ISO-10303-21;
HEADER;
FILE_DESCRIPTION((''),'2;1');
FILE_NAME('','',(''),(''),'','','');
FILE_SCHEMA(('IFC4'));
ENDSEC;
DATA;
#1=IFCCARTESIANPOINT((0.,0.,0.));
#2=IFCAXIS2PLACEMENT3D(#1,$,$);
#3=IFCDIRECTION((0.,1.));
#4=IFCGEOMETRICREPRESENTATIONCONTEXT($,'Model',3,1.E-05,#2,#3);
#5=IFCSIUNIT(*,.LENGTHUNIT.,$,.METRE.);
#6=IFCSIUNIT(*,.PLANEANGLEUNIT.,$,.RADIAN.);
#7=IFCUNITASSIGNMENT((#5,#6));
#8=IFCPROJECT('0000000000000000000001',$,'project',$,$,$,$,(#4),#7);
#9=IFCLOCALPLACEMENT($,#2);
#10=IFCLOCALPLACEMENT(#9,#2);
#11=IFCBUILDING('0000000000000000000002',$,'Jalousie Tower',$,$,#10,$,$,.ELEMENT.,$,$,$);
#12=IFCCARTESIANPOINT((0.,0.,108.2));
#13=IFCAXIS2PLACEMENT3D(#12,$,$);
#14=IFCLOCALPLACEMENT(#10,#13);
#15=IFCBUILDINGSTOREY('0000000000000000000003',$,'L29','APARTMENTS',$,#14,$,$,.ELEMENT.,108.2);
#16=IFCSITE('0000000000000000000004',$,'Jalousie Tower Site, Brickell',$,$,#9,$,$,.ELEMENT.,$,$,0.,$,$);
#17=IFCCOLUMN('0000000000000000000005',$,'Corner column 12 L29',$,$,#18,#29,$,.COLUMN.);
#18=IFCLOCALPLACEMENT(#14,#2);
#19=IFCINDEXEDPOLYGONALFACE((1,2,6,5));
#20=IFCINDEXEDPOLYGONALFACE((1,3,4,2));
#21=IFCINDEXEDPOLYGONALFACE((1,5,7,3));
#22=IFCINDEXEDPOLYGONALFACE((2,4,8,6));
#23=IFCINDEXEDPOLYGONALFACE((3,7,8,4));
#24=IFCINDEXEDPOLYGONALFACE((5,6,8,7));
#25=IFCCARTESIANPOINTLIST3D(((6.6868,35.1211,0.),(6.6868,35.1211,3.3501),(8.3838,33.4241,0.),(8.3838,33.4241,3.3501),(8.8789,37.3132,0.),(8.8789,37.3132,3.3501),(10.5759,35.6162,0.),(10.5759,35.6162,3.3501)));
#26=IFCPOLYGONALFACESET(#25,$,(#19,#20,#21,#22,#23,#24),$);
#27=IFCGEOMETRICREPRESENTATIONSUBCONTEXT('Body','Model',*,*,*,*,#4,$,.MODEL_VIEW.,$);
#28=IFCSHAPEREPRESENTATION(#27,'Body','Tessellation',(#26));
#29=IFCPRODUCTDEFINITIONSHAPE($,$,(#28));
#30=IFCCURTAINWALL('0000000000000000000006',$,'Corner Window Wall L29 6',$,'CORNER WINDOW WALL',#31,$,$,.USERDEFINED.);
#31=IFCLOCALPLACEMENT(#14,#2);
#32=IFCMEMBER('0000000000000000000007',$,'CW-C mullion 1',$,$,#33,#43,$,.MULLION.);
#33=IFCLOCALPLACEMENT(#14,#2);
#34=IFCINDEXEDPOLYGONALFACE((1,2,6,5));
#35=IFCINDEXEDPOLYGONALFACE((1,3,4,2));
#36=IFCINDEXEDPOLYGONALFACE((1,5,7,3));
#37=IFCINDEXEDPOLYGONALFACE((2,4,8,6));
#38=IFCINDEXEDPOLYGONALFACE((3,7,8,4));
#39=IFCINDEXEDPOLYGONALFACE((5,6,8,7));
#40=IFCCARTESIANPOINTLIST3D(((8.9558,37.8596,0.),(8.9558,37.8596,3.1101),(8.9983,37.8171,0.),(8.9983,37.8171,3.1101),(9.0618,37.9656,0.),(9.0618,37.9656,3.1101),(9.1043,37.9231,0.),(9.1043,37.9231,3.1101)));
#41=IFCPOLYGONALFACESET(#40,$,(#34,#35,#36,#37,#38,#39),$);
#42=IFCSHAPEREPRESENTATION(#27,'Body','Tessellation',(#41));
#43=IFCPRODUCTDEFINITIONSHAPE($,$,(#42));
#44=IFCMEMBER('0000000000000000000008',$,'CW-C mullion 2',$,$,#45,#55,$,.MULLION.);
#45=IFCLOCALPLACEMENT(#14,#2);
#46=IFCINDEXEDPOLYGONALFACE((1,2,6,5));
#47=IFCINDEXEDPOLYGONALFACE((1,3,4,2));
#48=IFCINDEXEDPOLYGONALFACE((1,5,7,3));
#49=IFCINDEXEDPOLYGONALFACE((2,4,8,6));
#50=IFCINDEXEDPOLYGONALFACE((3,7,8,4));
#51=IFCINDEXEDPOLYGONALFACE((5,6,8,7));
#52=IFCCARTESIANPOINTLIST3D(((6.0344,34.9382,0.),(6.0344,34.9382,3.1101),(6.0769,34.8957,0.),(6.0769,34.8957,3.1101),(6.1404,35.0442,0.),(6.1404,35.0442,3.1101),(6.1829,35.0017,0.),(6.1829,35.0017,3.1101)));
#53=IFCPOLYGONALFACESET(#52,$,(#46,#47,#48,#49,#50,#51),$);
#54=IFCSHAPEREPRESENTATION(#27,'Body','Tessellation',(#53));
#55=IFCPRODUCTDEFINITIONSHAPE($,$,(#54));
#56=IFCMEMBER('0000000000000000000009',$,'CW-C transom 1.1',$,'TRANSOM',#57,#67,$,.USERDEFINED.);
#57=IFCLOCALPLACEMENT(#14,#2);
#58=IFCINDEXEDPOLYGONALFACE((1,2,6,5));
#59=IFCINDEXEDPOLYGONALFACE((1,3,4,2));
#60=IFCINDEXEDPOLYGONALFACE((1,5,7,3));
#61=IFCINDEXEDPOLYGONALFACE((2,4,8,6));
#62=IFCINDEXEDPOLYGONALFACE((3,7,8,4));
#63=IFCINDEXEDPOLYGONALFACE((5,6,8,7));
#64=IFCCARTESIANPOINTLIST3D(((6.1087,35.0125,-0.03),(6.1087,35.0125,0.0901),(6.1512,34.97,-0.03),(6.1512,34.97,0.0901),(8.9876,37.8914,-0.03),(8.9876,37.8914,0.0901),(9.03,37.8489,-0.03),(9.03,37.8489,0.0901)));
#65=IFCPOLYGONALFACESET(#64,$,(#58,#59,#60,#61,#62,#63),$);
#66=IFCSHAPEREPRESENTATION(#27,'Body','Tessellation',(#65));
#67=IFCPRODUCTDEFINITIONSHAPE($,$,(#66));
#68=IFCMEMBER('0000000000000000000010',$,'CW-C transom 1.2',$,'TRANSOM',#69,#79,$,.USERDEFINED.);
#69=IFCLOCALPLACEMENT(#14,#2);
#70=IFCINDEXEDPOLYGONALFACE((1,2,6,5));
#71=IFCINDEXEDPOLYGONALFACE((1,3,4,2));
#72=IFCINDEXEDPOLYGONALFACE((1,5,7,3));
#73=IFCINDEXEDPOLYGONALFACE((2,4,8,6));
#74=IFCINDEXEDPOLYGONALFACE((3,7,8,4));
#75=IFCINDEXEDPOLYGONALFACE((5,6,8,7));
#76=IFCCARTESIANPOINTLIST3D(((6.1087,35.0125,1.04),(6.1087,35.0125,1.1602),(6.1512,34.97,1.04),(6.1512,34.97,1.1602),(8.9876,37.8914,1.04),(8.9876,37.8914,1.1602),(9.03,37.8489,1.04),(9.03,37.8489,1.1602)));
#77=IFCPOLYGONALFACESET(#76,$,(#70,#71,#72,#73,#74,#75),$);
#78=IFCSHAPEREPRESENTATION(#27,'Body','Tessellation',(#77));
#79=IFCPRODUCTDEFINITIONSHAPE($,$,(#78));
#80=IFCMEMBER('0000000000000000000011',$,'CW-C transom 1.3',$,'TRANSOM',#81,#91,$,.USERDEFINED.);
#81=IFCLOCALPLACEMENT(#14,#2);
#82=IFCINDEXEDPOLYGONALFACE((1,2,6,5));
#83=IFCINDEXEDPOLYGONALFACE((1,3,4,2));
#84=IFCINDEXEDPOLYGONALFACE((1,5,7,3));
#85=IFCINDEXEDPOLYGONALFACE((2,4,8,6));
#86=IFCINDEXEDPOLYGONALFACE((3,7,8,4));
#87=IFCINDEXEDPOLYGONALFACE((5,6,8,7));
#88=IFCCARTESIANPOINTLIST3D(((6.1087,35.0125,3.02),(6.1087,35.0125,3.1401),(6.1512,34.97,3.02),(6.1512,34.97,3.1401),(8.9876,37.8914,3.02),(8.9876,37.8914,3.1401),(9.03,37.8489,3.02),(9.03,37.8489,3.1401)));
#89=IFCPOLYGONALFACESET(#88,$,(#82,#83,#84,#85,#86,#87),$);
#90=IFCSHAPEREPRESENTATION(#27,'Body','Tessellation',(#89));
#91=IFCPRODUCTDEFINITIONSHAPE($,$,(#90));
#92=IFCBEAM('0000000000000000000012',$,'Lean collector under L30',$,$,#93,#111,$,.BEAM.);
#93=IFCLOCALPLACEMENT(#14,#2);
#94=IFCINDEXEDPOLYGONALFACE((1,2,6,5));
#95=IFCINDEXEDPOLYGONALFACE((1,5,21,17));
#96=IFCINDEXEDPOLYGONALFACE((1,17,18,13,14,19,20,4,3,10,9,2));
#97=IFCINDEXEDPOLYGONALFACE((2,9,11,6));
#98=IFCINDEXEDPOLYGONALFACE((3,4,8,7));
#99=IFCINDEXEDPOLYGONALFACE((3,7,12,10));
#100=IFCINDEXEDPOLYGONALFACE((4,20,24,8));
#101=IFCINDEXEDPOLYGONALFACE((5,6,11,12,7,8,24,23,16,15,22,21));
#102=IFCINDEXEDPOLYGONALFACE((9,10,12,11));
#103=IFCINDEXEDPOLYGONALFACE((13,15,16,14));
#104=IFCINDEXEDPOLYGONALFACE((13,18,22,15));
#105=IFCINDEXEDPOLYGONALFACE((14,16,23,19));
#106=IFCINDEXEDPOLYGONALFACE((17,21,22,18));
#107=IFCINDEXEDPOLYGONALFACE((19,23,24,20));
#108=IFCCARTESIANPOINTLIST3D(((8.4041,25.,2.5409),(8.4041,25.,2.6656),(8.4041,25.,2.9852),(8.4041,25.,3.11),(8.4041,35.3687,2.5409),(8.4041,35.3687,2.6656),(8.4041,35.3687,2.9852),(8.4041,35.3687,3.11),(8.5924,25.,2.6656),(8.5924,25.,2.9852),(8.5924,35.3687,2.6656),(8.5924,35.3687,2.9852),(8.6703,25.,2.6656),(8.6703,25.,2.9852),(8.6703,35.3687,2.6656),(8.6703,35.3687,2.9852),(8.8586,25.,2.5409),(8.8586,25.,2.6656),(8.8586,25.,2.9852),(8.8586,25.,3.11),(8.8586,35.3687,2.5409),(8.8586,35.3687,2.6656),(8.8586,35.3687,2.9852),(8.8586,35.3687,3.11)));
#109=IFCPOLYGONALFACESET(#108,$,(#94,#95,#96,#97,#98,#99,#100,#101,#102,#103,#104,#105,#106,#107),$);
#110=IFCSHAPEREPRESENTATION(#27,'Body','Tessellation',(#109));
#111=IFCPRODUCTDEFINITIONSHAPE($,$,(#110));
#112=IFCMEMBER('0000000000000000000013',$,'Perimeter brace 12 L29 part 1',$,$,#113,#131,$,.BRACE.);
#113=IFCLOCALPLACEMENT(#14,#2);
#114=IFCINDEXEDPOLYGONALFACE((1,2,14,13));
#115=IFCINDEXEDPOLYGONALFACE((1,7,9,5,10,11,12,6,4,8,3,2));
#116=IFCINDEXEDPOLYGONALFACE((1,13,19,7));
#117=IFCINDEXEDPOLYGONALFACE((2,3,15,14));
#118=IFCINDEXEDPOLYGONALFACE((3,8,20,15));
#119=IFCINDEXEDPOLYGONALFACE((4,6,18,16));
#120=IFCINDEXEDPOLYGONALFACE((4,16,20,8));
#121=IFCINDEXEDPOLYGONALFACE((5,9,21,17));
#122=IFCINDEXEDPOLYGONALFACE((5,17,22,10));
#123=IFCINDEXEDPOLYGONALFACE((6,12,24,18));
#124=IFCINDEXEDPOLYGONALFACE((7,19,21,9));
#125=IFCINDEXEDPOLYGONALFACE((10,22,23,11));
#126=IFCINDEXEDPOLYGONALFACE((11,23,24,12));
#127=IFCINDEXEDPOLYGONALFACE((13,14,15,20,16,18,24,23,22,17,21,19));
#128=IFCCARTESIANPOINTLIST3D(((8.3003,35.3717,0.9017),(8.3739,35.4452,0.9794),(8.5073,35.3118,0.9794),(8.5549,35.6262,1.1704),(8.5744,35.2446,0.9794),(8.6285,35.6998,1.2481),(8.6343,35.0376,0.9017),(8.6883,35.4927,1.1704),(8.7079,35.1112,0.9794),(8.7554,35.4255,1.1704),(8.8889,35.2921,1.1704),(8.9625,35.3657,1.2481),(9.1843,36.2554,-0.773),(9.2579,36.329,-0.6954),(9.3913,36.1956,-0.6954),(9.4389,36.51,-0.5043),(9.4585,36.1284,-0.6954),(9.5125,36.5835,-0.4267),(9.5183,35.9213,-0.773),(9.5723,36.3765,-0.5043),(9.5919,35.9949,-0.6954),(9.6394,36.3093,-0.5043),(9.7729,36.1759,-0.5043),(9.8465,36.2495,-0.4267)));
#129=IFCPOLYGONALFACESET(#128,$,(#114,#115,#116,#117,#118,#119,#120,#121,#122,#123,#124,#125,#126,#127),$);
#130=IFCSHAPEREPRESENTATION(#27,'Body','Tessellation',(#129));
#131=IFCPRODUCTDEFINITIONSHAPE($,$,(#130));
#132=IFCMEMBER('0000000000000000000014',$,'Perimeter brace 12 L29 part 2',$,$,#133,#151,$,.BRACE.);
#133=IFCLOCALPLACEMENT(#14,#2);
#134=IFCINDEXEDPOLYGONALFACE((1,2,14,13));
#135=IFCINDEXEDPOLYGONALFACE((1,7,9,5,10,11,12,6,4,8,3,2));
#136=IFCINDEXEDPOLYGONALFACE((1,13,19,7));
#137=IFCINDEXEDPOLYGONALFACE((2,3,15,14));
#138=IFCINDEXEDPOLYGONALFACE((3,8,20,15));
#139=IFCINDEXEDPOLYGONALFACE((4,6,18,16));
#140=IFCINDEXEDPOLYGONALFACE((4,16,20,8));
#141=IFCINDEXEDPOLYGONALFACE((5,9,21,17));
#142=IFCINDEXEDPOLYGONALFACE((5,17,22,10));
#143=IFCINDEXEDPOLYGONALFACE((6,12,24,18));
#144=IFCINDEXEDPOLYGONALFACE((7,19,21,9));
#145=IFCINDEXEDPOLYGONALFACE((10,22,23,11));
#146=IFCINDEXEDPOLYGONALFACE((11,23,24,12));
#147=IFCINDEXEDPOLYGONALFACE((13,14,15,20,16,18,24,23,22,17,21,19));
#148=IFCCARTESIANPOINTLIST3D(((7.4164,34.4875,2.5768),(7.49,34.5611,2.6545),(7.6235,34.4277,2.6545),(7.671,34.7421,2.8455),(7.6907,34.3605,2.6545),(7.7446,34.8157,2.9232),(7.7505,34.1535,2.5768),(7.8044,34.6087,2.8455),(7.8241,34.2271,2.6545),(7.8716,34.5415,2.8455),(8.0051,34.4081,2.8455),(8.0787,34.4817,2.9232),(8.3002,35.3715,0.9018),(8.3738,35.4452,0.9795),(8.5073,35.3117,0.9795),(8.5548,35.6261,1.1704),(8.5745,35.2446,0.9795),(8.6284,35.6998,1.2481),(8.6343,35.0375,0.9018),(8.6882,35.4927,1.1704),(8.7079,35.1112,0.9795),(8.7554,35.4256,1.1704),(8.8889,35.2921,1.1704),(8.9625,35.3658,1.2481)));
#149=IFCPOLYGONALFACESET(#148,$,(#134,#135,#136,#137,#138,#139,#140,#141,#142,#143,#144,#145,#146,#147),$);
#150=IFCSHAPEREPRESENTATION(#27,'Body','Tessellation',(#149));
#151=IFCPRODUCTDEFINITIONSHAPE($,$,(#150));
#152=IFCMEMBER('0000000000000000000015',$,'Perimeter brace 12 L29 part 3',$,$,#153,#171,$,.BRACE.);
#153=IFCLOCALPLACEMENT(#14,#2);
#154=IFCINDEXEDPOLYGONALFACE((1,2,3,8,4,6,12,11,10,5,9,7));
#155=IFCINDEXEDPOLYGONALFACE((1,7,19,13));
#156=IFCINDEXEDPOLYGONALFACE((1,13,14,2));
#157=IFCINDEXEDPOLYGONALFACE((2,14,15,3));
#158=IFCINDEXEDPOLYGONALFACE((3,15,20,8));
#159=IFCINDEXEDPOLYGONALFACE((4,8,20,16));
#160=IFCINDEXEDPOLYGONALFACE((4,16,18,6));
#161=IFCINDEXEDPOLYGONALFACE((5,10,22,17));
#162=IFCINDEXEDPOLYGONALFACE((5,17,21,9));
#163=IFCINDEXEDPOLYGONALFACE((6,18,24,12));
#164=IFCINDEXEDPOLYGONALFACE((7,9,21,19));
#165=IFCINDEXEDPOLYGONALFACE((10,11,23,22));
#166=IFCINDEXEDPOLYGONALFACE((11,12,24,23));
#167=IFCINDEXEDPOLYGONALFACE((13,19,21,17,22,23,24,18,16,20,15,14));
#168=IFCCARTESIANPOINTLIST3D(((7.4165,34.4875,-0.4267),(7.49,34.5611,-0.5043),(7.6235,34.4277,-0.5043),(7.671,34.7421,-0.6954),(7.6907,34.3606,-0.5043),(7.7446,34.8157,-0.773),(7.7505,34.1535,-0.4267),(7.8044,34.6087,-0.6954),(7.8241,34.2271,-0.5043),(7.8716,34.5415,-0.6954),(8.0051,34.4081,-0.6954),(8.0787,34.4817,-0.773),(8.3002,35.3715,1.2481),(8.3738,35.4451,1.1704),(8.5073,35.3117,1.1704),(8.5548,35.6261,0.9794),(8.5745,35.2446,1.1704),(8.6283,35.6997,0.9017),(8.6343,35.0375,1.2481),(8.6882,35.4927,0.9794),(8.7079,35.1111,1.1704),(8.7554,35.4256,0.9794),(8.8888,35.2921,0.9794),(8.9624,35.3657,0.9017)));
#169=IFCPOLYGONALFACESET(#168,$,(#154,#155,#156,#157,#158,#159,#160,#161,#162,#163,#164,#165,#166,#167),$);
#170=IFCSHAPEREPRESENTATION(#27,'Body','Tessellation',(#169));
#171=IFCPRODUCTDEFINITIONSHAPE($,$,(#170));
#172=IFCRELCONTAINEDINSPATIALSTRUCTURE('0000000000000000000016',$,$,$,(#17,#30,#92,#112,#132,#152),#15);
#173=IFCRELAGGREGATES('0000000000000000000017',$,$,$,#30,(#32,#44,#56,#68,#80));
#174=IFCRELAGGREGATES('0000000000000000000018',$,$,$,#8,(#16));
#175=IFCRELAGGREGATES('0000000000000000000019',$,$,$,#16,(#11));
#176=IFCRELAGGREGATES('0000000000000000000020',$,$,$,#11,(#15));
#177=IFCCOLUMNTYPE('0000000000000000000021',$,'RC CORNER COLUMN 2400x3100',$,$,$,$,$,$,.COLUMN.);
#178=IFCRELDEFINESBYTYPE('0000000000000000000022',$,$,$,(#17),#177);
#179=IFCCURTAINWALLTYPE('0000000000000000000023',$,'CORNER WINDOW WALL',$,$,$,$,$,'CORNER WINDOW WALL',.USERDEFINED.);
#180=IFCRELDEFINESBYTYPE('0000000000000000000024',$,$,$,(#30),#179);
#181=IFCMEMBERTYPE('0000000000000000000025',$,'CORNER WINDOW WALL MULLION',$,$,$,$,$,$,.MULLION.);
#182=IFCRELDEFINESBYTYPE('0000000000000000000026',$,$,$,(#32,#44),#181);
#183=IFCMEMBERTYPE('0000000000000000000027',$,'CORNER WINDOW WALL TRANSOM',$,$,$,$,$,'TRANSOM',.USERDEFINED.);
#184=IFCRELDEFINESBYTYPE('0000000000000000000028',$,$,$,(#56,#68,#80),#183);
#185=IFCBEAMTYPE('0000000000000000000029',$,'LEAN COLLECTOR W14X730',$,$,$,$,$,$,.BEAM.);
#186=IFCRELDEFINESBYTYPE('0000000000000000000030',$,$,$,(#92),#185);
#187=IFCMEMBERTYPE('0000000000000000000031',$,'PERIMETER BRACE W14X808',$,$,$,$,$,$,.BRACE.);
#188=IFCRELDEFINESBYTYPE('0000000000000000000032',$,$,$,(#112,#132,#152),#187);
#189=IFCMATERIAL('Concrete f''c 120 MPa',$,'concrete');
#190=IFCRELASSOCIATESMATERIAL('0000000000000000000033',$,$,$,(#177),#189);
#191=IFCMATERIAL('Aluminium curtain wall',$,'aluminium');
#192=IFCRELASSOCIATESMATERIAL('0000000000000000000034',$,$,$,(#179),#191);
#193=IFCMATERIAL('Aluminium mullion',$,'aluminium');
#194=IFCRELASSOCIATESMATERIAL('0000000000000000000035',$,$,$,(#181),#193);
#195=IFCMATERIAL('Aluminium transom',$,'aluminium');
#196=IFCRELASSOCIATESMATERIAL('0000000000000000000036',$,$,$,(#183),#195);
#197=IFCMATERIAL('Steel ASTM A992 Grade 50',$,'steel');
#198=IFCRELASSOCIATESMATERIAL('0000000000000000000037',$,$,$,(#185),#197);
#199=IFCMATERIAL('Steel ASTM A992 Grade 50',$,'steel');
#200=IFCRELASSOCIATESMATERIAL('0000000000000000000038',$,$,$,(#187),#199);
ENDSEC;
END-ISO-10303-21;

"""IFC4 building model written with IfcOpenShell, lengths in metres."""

from ifc_helpers import new_model, si_unit, direction, frame, origin, origin_2d, place, context, subcontext, project, spatial, rectangle, i_section, extrude, material, material_profile, profile_set, type_object, element, aggregate, save


model = new_model("IFC4")

# Units and contexts
model_context = context("Model", 3, precision=1e-05, world=origin(), true_north=direction((0.0, 1.0)))
body_context = subcontext(model_context, "Body", "Model", "MODEL_VIEW")
ifc_project = project(units=[si_unit("LENGTHUNIT", "METRE"), si_unit("PLANEANGLEUNIT", "RADIAN")], contexts=[model_context])

# Site, building, storey
site_placement = place(None, origin())
site = spatial("IfcSite", under=ifc_project, at=site_placement, Name="Jalousie Tower Site, Brickell", CompositionType="ELEMENT", RefElevation=0.0)
building_placement = place(site_placement, origin())
building = spatial("IfcBuilding", under=site, at=building_placement, Name="Jalousie Tower", CompositionType="ELEMENT")
storey_placement = place(building_placement, frame((0.0, 0.0, 108.2)))
storey = spatial("IfcBuildingStorey", under=building, at=storey_placement, Name="L29", Description="APARTMENTS", CompositionType="ELEMENT", Elevation=108.2)

# Column
ifc_material_1 = material(Name="Concrete f'c 120 MPa", Category="concrete")
ifc_material_profile_1 = material_profile(ifc_material_1, rectangle(XDim=2.3999, YDim=3.1001, at=origin_2d()), Name="RC 2400x3100")
ifc_profile_set_1 = profile_set([ifc_material_profile_1], Name="Concrete f'c 120 MPa")
column_type = type_object("IfcColumnType", Name="RC CORNER COLUMN 2400x3100", PredefinedType="COLUMN", material=ifc_profile_set_1)
column_placement = place(storey_placement, frame((8.6313, 35.3687, 0.0), z_axis=(0.0, 0.0, 1.0), x_axis=(0.707107, -0.707107, 0.0)))
element("IfcColumn", 1, at=column_placement, inside=storey, type_object=column_type, Name="Corner column 12 L29", PredefinedType="COLUMN", context=body_context, shape_type="SweptSolid", body=[
    extrude(rectangle(XDim=2.3999, YDim=3.1001, at=origin_2d()), origin(), (0.0, 0.0, 1.0), 3.3501),
])

# Curtain wall, members
ifc_material_2 = material(Name="Aluminium curtain wall", Category="aluminium")
curtain_wall_type_1 = type_object("IfcCurtainWallType", Name="CORNER WINDOW WALL", ElementType="CORNER WINDOW WALL", PredefinedType="USERDEFINED", material=ifc_material_2)
curtain_wall_1_placement = place(storey_placement, origin())
curtain_wall_1 = element("IfcCurtainWall", 2, at=curtain_wall_1_placement, inside=storey, type_object=curtain_wall_type_1, Name="Corner Window Wall L29 6", ObjectType="CORNER WINDOW WALL", PredefinedType="USERDEFINED")
ifc_material_3 = material(Name="Aluminium mullion", Category="aluminium")
ifc_material_profile_2 = material_profile(ifc_material_3, rectangle(XDim=0.0601, YDim=0.1499, at=origin_2d()), Name="MULLION 60x150")
ifc_profile_set_2 = profile_set([ifc_material_profile_2], Name="Aluminium mullion")
member_type_1 = type_object("IfcMemberType", Name="CORNER WINDOW WALL MULLION", PredefinedType="MULLION", material=ifc_profile_set_2)
member_1_placement = place(storey_placement, frame((9.03, 37.8914, 0.0), z_axis=(0.0, 0.0, 1.0), x_axis=(0.707107, -0.707107, 0.0)))
member_1 = element("IfcMember", 3, at=member_1_placement, type_object=member_type_1, Name="CW-C mullion 1", PredefinedType="MULLION", context=body_context, shape_type="SweptSolid", body=[
    extrude(rectangle(XDim=0.0601, YDim=0.1499, at=origin_2d()), origin(), (0.0, 0.0, 1.0), 3.1101),
])
member_2_placement = place(storey_placement, frame((6.1086, 34.97, 0.0), z_axis=(0.0, 0.0, 1.0), x_axis=(0.707107, -0.707107, 0.0)))
member_2 = element("IfcMember", 4, at=member_2_placement, type_object=member_type_1, Name="CW-C mullion 2", PredefinedType="MULLION", context=body_context, shape_type="SweptSolid", body=[
    extrude(rectangle(XDim=0.0601, YDim=0.1499, at=origin_2d()), origin(), (0.0, 0.0, 1.0), 3.1101),
])
ifc_material_4 = material(Name="Aluminium transom", Category="aluminium")
ifc_material_profile_3 = material_profile(ifc_material_4, rectangle(XDim=0.0601, YDim=0.1201, at=origin_2d()), Name="TRANSOM 60x120")
ifc_profile_set_3 = profile_set([ifc_material_profile_3], Name="Aluminium transom")
member_type_2 = type_object("IfcMemberType", Name="CORNER WINDOW WALL TRANSOM", ElementType="TRANSOM", PredefinedType="USERDEFINED", material=ifc_profile_set_3)
member_3_placement = place(storey_placement, frame((9.0088, 37.8701, 0.03), z_axis=(-0.707107, -0.707107, 0.0), x_axis=(0.707107, -0.707107, 0.0)))
member_3 = element("IfcMember", 5, at=member_3_placement, type_object=member_type_2, Name="CW-C transom 1.1", ObjectType="TRANSOM", PredefinedType="USERDEFINED", context=body_context, shape_type="SweptSolid", body=[
    extrude(rectangle(XDim=0.0601, YDim=0.1201, at=origin_2d()), origin(), (0.0, 0.0, 1.0), 4.0713),
])
member_4_placement = place(storey_placement, frame((9.0088, 37.8701, 1.1001), z_axis=(-0.707107, -0.707107, 0.0), x_axis=(0.707107, -0.707107, 0.0)))
member_4 = element("IfcMember", 6, at=member_4_placement, type_object=member_type_2, Name="CW-C transom 1.2", ObjectType="TRANSOM", PredefinedType="USERDEFINED", context=body_context, shape_type="SweptSolid", body=[
    extrude(rectangle(XDim=0.0601, YDim=0.1201, at=origin_2d()), origin(), (0.0, 0.0, 1.0), 4.0713),
])
member_5_placement = place(storey_placement, frame((9.0088, 37.8701, 3.0801), z_axis=(-0.707107, -0.707107, 0.0), x_axis=(0.707107, -0.707107, 0.0)))
member_5 = element("IfcMember", 7, at=member_5_placement, type_object=member_type_2, Name="CW-C transom 1.3", ObjectType="TRANSOM", PredefinedType="USERDEFINED", context=body_context, shape_type="SweptSolid", body=[
    extrude(rectangle(XDim=0.0601, YDim=0.1201, at=origin_2d()), origin(), (0.0, 0.0, 1.0), 4.0713),
])

# Beam
ifc_material_5 = material(Name="Steel ASTM A992 Grade 50", Category="steel")
ifc_material_profile_4 = material_profile(ifc_material_5, i_section(OverallWidth=0.4546, OverallDepth=0.5691, WebThickness=0.0779, FlangeThickness=0.1248, at=origin_2d()), Name="W14X730")
ifc_profile_set_4 = profile_set([ifc_material_profile_4], Name="Steel ASTM A992 Grade 50")
beam_type_1 = type_object("IfcBeamType", Name="LEAN COLLECTOR W14X730", PredefinedType="BEAM", material=ifc_profile_set_4)
beam_1_placement = place(storey_placement, frame((8.6313, 35.3687, 2.8254), z_axis=(0.0, -1.0, 0.0), x_axis=(1.0, 0.0, 0.0)))
element("IfcBeam", 8, at=beam_1_placement, inside=storey, type_object=beam_type_1, Name="Lean collector under L30", PredefinedType="BEAM", context=body_context, shape_type="SweptSolid", body=[
    extrude(i_section(OverallWidth=0.4546, OverallDepth=0.5691, WebThickness=0.0779, FlangeThickness=0.1248, at=origin_2d()), origin(), (0.0, 0.0, 1.0), 10.3687),
])

# Members
ifc_material_6 = material(Name="Steel ASTM A992 Grade 50", Category="steel")
ifc_material_profile_5 = material_profile(ifc_material_6, i_section(OverallWidth=0.4724, OverallDepth=0.5791, WebThickness=0.095, FlangeThickness=0.1299, at=origin_2d()), Name="W14X808")
ifc_profile_set_5 = profile_set([ifc_material_profile_5], Name="Steel ASTM A992 Grade 50")
member_type_3 = type_object("IfcMemberType", Name="PERIMETER BRACE W14X808", PredefinedType="BRACE", material=ifc_profile_set_5)
member_6_placement = place(storey_placement, frame((9.5154, 36.2524, -0.5999), z_axis=(-0.423008, -0.422891, 0.801391), x_axis=(0.707009, -0.707204, 0.0)))
element("IfcMember", 9, at=member_6_placement, inside=storey, type_object=member_type_3, Name="Perimeter brace 12 L29 part 1", PredefinedType="BRACE", context=body_context, shape_type="SweptSolid", body=[
    extrude(i_section(OverallWidth=0.4724, OverallDepth=0.5791, WebThickness=0.095, FlangeThickness=0.1299, at=origin_2d()), origin(), (0.0, 0.0, 1.0), 2.0898),
])
member_7_placement = place(storey_placement, frame((8.6313, 35.3687, 1.075), z_axis=(-0.422852, -0.422969, 0.801432), x_axis=(0.707204, -0.707009, 0.0)))
element("IfcMember", 10, at=member_7_placement, inside=storey, type_object=member_type_3, Name="Perimeter brace 12 L29 part 2", PredefinedType="BRACE", context=body_context, shape_type="SweptSolid", body=[
    extrude(i_section(OverallWidth=0.4724, OverallDepth=0.5791, WebThickness=0.095, FlangeThickness=0.1299, at=origin_2d()), origin(), (0.0, 0.0, 1.0), 2.0901),
])
member_8_placement = place(storey_placement, frame((7.7476, 34.4846, -0.5999), z_axis=(0.422891, 0.423008, 0.801391), x_axis=(-0.707204, 0.707009, 0.0)))
element("IfcMember", 11, at=member_8_placement, inside=storey, type_object=member_type_3, Name="Perimeter brace 12 L29 part 3", PredefinedType="BRACE", context=body_context, shape_type="SweptSolid", body=[
    extrude(i_section(OverallWidth=0.4724, OverallDepth=0.5791, WebThickness=0.095, FlangeThickness=0.1299, at=origin_2d()), origin(), (0.0, 0.0, 1.0), 2.0898),
])

aggregate(curtain_wall_1, [member_1, member_2, member_3, member_4, member_5])

save(model, "model.ifc")
